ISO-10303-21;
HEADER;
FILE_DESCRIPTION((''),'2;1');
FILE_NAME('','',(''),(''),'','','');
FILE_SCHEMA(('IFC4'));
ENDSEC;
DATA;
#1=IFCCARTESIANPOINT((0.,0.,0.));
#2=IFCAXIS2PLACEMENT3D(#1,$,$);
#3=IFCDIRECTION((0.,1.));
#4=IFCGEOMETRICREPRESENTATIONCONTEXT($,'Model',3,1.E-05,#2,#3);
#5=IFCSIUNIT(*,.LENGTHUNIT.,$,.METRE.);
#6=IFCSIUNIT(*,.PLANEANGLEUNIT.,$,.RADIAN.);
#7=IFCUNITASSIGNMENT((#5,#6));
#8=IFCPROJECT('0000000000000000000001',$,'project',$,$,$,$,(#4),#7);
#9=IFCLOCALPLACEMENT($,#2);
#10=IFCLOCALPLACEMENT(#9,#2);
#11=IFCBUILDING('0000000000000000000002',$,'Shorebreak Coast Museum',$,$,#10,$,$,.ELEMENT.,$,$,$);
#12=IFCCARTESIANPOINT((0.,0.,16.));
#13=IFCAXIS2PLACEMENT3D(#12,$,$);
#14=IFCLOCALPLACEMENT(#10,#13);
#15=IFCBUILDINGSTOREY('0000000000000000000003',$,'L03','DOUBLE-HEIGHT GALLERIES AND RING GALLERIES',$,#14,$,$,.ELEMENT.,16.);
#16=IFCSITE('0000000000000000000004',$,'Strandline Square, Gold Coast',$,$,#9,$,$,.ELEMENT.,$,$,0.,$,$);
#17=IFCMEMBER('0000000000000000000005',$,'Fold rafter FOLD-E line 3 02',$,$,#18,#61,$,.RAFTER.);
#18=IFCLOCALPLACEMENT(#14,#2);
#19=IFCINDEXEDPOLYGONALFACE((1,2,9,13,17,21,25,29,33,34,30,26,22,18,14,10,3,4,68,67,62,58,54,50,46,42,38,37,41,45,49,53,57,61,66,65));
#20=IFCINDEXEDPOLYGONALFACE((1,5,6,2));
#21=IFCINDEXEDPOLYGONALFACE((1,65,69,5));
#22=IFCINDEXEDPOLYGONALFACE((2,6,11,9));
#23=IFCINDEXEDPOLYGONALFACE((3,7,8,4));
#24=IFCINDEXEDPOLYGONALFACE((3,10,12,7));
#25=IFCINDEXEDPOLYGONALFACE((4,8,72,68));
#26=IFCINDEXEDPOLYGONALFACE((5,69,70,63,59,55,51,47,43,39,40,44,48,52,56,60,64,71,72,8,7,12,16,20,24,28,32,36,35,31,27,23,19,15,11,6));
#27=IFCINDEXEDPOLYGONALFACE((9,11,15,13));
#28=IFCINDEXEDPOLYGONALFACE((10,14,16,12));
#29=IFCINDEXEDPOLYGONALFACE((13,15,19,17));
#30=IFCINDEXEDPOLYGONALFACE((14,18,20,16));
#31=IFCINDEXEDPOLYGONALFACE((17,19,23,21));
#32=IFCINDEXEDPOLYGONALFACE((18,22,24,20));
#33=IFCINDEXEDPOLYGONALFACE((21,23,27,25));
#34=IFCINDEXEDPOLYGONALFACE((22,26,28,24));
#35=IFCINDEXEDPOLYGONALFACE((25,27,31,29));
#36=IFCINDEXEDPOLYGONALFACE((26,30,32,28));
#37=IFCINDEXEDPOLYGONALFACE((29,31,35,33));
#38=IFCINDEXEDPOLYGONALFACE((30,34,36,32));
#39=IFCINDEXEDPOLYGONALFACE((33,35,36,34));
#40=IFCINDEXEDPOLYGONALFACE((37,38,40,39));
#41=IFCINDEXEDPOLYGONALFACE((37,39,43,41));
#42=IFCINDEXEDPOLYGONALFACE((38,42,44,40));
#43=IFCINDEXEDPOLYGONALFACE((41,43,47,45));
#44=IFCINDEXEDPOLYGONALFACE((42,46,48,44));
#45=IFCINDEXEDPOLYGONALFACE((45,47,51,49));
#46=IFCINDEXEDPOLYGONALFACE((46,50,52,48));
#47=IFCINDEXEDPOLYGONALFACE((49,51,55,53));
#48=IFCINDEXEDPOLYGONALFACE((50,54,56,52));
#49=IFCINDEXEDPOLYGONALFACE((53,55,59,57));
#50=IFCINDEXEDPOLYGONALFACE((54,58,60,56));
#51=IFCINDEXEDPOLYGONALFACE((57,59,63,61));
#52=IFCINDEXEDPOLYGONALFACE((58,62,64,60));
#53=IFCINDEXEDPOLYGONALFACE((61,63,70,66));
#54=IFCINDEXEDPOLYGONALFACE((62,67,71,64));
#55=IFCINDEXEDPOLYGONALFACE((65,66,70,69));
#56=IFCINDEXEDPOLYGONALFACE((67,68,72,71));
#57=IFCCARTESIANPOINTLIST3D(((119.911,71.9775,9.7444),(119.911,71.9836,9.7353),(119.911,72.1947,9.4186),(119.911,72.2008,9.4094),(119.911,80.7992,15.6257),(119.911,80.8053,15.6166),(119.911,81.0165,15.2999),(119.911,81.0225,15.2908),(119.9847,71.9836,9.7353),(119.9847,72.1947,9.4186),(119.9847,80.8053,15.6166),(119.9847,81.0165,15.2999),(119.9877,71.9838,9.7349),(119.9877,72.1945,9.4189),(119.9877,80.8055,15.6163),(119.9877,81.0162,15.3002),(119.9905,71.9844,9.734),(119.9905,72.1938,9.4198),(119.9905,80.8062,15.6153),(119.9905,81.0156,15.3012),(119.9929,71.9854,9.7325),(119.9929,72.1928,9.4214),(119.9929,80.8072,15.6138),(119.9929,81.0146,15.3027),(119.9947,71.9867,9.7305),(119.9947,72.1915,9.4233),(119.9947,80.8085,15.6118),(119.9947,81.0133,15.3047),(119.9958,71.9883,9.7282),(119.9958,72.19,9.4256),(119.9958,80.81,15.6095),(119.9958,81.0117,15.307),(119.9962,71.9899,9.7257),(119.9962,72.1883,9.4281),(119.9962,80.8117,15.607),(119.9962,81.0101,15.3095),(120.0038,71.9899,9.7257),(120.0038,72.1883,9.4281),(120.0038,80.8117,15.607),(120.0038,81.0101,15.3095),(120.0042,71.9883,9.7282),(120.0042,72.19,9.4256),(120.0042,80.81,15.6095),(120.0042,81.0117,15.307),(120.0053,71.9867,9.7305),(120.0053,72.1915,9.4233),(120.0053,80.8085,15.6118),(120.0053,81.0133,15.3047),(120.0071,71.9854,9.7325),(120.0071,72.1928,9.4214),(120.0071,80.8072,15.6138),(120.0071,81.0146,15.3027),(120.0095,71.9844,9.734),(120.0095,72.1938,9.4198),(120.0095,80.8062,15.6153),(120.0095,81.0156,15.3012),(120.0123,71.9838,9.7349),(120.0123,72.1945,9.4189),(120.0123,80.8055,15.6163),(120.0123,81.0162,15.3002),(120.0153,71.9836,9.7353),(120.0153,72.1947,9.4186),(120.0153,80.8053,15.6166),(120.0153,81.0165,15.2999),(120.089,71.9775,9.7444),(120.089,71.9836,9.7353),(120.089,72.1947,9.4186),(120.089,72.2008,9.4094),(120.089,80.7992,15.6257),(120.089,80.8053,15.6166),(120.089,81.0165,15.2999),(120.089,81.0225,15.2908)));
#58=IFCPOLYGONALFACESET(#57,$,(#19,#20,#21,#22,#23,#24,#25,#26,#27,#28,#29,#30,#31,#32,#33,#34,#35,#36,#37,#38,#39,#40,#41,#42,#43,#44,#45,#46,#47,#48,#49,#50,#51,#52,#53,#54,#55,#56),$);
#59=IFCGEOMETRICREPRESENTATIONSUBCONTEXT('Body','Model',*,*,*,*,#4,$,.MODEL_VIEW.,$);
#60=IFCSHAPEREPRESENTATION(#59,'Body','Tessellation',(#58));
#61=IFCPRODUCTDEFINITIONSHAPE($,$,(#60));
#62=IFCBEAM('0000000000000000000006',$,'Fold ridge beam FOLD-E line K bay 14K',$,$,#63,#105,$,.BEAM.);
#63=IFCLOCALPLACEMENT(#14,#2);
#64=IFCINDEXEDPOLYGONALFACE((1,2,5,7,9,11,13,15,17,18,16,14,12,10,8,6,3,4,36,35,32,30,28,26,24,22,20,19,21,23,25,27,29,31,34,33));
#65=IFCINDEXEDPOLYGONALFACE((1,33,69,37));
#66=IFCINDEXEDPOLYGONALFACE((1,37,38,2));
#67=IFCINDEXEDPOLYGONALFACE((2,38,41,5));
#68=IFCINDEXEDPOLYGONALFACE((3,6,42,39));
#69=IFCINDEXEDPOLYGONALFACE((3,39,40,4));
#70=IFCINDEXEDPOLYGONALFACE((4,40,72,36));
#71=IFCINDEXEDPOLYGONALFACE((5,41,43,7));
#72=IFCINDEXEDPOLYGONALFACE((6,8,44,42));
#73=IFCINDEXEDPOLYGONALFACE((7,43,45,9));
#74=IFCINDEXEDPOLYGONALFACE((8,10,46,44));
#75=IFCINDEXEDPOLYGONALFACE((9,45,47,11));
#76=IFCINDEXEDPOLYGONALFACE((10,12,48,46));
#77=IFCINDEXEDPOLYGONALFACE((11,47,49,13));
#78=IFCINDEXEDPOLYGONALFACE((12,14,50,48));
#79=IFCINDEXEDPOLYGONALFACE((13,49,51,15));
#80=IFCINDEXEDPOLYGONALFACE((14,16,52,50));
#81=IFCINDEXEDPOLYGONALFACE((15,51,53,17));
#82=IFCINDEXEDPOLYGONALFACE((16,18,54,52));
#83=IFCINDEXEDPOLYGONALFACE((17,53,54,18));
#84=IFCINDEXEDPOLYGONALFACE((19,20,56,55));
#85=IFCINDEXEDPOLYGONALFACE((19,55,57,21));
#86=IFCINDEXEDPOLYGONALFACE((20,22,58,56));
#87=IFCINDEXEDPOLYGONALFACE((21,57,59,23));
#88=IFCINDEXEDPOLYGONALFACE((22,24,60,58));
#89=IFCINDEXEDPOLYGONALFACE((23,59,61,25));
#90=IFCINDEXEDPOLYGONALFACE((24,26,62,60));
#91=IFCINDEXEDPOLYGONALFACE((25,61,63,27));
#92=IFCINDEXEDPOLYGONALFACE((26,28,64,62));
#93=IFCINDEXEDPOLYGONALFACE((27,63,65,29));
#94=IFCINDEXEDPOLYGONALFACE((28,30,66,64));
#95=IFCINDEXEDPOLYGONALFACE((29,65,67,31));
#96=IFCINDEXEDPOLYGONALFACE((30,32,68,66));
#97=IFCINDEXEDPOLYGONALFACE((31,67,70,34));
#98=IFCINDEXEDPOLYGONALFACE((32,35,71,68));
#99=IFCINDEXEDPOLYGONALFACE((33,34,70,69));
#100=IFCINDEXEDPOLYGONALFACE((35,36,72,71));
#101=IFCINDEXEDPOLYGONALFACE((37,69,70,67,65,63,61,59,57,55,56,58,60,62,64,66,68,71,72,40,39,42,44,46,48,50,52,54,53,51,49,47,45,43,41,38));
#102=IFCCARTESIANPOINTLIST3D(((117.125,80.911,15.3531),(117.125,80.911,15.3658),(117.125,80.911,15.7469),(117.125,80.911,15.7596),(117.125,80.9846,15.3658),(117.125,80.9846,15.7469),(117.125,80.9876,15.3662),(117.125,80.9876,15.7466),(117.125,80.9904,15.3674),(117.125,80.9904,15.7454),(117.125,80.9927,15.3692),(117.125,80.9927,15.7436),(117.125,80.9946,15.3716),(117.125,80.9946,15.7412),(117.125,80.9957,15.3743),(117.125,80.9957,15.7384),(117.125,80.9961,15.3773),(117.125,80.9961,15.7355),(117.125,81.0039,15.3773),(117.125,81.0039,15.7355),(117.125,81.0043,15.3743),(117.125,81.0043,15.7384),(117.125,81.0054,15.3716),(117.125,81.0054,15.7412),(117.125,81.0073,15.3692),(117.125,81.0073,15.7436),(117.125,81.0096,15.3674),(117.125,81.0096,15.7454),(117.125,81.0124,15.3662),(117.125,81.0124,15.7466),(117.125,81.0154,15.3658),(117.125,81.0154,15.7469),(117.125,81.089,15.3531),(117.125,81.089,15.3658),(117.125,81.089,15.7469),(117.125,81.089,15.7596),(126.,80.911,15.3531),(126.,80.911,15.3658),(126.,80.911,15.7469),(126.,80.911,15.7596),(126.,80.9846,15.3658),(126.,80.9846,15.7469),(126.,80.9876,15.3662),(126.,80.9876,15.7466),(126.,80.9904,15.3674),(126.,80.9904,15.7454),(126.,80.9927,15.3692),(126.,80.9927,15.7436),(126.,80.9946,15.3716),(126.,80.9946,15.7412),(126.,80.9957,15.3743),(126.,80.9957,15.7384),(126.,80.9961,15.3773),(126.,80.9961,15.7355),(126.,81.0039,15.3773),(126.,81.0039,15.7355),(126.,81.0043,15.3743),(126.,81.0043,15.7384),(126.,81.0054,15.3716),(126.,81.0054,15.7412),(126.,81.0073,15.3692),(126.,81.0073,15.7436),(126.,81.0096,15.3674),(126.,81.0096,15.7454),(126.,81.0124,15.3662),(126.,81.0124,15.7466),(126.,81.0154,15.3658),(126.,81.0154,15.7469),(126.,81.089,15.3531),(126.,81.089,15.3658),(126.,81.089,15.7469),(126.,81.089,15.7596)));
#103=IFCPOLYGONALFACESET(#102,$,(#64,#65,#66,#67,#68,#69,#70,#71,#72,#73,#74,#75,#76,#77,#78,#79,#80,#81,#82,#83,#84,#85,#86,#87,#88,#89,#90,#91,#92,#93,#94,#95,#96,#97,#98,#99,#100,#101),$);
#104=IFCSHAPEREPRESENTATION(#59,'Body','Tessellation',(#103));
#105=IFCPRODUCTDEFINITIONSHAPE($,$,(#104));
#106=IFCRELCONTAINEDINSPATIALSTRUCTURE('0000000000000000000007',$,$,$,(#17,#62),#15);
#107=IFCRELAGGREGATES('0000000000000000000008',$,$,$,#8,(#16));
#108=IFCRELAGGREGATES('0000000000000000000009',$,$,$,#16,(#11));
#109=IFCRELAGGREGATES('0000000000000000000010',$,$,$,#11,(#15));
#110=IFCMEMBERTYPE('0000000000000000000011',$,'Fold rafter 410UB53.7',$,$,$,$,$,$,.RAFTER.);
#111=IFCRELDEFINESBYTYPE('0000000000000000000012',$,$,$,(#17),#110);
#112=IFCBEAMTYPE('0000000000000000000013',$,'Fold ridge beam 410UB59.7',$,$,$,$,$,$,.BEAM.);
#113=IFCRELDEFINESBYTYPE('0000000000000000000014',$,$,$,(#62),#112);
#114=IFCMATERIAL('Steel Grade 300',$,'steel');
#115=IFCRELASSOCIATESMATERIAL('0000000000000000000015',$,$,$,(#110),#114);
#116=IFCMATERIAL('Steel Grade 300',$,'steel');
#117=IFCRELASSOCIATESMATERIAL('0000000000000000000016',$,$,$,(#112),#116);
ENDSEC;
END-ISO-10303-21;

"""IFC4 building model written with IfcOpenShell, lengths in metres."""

from ifc_helpers import new_model, si_unit, direction, frame, origin, origin_2d, place, context, subcontext, project, spatial, i_section, extrude, material, material_profile, profile_set, type_object, element, save


model = new_model("IFC4")

# Units and contexts
model_context = context("Model", 3, precision=1e-05, world=origin(), true_north=direction((0.0, 1.0)))
body_context = subcontext(model_context, "Body", "Model", "MODEL_VIEW")
ifc_project = project(units=[si_unit("LENGTHUNIT", "METRE"), si_unit("PLANEANGLEUNIT", "RADIAN")], contexts=[model_context])

# Site, building, storey
site_placement = place(None, origin())
site = spatial("IfcSite", under=ifc_project, at=site_placement, Name="Strandline Square, Gold Coast", CompositionType="ELEMENT", RefElevation=0.0)
building_placement = place(site_placement, origin())
building = spatial("IfcBuilding", under=site, at=building_placement, Name="Shorebreak Coast Museum", CompositionType="ELEMENT")
storey_placement = place(building_placement, frame((0.0, 0.0, 16.0)))
storey = spatial("IfcBuildingStorey", under=building, at=storey_placement, Name="L03", Description="DOUBLE-HEIGHT GALLERIES AND RING GALLERIES", CompositionType="ELEMENT", Elevation=16.0)

# Member
ifc_material_1 = material(Name="Steel Grade 300", Category="steel")
ifc_material_profile_1 = material_profile(ifc_material_1, i_section(OverallWidth=0.178, OverallDepth=0.4026, WebThickness=0.0076, FlangeThickness=0.011, FilletRadius=0.0115, at=origin_2d()), Name="410UB53.7")
ifc_profile_set_1 = profile_set([ifc_material_profile_1], Name="Steel Grade 300")
member_type = type_object("IfcMemberType", Name="Fold rafter 410UB53.7", PredefinedType="RAFTER", material=ifc_profile_set_1)
member_placement = place(storey_placement, frame((120.0, 80.9109, 15.4583), z_axis=(0.0, -0.832043, -0.554711), x_axis=(1.0, 0.0, 0.0)))
element("IfcMember", 1, at=member_placement, inside=storey, type_object=member_type, Name="Fold rafter FOLD-E line 3 02", PredefinedType="RAFTER", context=body_context, shape_type="SweptSolid", body=[
    extrude(i_section(OverallWidth=0.178, OverallDepth=0.4026, WebThickness=0.0076, FlangeThickness=0.011, FilletRadius=0.0115, at=origin_2d()), origin(), (0.0, 0.0, 1.0), 10.6025),
])

# Beam
ifc_material_2 = material(Name="Steel Grade 300", Category="steel")
ifc_material_profile_2 = material_profile(ifc_material_2, i_section(OverallWidth=0.178, OverallDepth=0.4065, WebThickness=0.0078, FlangeThickness=0.0127, FilletRadius=0.0115, at=origin_2d()), Name="410UB59.7")
ifc_profile_set_2 = profile_set([ifc_material_profile_2], Name="Steel Grade 300")
beam_type = type_object("IfcBeamType", Name="Fold ridge beam 410UB59.7", PredefinedType="BEAM", material=ifc_profile_set_2)
beam_placement = place(storey_placement, frame((117.125, 81.0, 15.5564), z_axis=(1.0, 0.0, 0.0), x_axis=(0.0, 1.0, 0.0)))
element("IfcBeam", 2, at=beam_placement, inside=storey, type_object=beam_type, Name="Fold ridge beam FOLD-E line K bay 14K", PredefinedType="BEAM", context=body_context, shape_type="SweptSolid", body=[
    extrude(i_section(OverallWidth=0.178, OverallDepth=0.4065, WebThickness=0.0078, FlangeThickness=0.0127, FilletRadius=0.0115, at=origin_2d()), origin(), (0.0, 0.0, 1.0), 8.875),
])

save(model, "model.ifc")
